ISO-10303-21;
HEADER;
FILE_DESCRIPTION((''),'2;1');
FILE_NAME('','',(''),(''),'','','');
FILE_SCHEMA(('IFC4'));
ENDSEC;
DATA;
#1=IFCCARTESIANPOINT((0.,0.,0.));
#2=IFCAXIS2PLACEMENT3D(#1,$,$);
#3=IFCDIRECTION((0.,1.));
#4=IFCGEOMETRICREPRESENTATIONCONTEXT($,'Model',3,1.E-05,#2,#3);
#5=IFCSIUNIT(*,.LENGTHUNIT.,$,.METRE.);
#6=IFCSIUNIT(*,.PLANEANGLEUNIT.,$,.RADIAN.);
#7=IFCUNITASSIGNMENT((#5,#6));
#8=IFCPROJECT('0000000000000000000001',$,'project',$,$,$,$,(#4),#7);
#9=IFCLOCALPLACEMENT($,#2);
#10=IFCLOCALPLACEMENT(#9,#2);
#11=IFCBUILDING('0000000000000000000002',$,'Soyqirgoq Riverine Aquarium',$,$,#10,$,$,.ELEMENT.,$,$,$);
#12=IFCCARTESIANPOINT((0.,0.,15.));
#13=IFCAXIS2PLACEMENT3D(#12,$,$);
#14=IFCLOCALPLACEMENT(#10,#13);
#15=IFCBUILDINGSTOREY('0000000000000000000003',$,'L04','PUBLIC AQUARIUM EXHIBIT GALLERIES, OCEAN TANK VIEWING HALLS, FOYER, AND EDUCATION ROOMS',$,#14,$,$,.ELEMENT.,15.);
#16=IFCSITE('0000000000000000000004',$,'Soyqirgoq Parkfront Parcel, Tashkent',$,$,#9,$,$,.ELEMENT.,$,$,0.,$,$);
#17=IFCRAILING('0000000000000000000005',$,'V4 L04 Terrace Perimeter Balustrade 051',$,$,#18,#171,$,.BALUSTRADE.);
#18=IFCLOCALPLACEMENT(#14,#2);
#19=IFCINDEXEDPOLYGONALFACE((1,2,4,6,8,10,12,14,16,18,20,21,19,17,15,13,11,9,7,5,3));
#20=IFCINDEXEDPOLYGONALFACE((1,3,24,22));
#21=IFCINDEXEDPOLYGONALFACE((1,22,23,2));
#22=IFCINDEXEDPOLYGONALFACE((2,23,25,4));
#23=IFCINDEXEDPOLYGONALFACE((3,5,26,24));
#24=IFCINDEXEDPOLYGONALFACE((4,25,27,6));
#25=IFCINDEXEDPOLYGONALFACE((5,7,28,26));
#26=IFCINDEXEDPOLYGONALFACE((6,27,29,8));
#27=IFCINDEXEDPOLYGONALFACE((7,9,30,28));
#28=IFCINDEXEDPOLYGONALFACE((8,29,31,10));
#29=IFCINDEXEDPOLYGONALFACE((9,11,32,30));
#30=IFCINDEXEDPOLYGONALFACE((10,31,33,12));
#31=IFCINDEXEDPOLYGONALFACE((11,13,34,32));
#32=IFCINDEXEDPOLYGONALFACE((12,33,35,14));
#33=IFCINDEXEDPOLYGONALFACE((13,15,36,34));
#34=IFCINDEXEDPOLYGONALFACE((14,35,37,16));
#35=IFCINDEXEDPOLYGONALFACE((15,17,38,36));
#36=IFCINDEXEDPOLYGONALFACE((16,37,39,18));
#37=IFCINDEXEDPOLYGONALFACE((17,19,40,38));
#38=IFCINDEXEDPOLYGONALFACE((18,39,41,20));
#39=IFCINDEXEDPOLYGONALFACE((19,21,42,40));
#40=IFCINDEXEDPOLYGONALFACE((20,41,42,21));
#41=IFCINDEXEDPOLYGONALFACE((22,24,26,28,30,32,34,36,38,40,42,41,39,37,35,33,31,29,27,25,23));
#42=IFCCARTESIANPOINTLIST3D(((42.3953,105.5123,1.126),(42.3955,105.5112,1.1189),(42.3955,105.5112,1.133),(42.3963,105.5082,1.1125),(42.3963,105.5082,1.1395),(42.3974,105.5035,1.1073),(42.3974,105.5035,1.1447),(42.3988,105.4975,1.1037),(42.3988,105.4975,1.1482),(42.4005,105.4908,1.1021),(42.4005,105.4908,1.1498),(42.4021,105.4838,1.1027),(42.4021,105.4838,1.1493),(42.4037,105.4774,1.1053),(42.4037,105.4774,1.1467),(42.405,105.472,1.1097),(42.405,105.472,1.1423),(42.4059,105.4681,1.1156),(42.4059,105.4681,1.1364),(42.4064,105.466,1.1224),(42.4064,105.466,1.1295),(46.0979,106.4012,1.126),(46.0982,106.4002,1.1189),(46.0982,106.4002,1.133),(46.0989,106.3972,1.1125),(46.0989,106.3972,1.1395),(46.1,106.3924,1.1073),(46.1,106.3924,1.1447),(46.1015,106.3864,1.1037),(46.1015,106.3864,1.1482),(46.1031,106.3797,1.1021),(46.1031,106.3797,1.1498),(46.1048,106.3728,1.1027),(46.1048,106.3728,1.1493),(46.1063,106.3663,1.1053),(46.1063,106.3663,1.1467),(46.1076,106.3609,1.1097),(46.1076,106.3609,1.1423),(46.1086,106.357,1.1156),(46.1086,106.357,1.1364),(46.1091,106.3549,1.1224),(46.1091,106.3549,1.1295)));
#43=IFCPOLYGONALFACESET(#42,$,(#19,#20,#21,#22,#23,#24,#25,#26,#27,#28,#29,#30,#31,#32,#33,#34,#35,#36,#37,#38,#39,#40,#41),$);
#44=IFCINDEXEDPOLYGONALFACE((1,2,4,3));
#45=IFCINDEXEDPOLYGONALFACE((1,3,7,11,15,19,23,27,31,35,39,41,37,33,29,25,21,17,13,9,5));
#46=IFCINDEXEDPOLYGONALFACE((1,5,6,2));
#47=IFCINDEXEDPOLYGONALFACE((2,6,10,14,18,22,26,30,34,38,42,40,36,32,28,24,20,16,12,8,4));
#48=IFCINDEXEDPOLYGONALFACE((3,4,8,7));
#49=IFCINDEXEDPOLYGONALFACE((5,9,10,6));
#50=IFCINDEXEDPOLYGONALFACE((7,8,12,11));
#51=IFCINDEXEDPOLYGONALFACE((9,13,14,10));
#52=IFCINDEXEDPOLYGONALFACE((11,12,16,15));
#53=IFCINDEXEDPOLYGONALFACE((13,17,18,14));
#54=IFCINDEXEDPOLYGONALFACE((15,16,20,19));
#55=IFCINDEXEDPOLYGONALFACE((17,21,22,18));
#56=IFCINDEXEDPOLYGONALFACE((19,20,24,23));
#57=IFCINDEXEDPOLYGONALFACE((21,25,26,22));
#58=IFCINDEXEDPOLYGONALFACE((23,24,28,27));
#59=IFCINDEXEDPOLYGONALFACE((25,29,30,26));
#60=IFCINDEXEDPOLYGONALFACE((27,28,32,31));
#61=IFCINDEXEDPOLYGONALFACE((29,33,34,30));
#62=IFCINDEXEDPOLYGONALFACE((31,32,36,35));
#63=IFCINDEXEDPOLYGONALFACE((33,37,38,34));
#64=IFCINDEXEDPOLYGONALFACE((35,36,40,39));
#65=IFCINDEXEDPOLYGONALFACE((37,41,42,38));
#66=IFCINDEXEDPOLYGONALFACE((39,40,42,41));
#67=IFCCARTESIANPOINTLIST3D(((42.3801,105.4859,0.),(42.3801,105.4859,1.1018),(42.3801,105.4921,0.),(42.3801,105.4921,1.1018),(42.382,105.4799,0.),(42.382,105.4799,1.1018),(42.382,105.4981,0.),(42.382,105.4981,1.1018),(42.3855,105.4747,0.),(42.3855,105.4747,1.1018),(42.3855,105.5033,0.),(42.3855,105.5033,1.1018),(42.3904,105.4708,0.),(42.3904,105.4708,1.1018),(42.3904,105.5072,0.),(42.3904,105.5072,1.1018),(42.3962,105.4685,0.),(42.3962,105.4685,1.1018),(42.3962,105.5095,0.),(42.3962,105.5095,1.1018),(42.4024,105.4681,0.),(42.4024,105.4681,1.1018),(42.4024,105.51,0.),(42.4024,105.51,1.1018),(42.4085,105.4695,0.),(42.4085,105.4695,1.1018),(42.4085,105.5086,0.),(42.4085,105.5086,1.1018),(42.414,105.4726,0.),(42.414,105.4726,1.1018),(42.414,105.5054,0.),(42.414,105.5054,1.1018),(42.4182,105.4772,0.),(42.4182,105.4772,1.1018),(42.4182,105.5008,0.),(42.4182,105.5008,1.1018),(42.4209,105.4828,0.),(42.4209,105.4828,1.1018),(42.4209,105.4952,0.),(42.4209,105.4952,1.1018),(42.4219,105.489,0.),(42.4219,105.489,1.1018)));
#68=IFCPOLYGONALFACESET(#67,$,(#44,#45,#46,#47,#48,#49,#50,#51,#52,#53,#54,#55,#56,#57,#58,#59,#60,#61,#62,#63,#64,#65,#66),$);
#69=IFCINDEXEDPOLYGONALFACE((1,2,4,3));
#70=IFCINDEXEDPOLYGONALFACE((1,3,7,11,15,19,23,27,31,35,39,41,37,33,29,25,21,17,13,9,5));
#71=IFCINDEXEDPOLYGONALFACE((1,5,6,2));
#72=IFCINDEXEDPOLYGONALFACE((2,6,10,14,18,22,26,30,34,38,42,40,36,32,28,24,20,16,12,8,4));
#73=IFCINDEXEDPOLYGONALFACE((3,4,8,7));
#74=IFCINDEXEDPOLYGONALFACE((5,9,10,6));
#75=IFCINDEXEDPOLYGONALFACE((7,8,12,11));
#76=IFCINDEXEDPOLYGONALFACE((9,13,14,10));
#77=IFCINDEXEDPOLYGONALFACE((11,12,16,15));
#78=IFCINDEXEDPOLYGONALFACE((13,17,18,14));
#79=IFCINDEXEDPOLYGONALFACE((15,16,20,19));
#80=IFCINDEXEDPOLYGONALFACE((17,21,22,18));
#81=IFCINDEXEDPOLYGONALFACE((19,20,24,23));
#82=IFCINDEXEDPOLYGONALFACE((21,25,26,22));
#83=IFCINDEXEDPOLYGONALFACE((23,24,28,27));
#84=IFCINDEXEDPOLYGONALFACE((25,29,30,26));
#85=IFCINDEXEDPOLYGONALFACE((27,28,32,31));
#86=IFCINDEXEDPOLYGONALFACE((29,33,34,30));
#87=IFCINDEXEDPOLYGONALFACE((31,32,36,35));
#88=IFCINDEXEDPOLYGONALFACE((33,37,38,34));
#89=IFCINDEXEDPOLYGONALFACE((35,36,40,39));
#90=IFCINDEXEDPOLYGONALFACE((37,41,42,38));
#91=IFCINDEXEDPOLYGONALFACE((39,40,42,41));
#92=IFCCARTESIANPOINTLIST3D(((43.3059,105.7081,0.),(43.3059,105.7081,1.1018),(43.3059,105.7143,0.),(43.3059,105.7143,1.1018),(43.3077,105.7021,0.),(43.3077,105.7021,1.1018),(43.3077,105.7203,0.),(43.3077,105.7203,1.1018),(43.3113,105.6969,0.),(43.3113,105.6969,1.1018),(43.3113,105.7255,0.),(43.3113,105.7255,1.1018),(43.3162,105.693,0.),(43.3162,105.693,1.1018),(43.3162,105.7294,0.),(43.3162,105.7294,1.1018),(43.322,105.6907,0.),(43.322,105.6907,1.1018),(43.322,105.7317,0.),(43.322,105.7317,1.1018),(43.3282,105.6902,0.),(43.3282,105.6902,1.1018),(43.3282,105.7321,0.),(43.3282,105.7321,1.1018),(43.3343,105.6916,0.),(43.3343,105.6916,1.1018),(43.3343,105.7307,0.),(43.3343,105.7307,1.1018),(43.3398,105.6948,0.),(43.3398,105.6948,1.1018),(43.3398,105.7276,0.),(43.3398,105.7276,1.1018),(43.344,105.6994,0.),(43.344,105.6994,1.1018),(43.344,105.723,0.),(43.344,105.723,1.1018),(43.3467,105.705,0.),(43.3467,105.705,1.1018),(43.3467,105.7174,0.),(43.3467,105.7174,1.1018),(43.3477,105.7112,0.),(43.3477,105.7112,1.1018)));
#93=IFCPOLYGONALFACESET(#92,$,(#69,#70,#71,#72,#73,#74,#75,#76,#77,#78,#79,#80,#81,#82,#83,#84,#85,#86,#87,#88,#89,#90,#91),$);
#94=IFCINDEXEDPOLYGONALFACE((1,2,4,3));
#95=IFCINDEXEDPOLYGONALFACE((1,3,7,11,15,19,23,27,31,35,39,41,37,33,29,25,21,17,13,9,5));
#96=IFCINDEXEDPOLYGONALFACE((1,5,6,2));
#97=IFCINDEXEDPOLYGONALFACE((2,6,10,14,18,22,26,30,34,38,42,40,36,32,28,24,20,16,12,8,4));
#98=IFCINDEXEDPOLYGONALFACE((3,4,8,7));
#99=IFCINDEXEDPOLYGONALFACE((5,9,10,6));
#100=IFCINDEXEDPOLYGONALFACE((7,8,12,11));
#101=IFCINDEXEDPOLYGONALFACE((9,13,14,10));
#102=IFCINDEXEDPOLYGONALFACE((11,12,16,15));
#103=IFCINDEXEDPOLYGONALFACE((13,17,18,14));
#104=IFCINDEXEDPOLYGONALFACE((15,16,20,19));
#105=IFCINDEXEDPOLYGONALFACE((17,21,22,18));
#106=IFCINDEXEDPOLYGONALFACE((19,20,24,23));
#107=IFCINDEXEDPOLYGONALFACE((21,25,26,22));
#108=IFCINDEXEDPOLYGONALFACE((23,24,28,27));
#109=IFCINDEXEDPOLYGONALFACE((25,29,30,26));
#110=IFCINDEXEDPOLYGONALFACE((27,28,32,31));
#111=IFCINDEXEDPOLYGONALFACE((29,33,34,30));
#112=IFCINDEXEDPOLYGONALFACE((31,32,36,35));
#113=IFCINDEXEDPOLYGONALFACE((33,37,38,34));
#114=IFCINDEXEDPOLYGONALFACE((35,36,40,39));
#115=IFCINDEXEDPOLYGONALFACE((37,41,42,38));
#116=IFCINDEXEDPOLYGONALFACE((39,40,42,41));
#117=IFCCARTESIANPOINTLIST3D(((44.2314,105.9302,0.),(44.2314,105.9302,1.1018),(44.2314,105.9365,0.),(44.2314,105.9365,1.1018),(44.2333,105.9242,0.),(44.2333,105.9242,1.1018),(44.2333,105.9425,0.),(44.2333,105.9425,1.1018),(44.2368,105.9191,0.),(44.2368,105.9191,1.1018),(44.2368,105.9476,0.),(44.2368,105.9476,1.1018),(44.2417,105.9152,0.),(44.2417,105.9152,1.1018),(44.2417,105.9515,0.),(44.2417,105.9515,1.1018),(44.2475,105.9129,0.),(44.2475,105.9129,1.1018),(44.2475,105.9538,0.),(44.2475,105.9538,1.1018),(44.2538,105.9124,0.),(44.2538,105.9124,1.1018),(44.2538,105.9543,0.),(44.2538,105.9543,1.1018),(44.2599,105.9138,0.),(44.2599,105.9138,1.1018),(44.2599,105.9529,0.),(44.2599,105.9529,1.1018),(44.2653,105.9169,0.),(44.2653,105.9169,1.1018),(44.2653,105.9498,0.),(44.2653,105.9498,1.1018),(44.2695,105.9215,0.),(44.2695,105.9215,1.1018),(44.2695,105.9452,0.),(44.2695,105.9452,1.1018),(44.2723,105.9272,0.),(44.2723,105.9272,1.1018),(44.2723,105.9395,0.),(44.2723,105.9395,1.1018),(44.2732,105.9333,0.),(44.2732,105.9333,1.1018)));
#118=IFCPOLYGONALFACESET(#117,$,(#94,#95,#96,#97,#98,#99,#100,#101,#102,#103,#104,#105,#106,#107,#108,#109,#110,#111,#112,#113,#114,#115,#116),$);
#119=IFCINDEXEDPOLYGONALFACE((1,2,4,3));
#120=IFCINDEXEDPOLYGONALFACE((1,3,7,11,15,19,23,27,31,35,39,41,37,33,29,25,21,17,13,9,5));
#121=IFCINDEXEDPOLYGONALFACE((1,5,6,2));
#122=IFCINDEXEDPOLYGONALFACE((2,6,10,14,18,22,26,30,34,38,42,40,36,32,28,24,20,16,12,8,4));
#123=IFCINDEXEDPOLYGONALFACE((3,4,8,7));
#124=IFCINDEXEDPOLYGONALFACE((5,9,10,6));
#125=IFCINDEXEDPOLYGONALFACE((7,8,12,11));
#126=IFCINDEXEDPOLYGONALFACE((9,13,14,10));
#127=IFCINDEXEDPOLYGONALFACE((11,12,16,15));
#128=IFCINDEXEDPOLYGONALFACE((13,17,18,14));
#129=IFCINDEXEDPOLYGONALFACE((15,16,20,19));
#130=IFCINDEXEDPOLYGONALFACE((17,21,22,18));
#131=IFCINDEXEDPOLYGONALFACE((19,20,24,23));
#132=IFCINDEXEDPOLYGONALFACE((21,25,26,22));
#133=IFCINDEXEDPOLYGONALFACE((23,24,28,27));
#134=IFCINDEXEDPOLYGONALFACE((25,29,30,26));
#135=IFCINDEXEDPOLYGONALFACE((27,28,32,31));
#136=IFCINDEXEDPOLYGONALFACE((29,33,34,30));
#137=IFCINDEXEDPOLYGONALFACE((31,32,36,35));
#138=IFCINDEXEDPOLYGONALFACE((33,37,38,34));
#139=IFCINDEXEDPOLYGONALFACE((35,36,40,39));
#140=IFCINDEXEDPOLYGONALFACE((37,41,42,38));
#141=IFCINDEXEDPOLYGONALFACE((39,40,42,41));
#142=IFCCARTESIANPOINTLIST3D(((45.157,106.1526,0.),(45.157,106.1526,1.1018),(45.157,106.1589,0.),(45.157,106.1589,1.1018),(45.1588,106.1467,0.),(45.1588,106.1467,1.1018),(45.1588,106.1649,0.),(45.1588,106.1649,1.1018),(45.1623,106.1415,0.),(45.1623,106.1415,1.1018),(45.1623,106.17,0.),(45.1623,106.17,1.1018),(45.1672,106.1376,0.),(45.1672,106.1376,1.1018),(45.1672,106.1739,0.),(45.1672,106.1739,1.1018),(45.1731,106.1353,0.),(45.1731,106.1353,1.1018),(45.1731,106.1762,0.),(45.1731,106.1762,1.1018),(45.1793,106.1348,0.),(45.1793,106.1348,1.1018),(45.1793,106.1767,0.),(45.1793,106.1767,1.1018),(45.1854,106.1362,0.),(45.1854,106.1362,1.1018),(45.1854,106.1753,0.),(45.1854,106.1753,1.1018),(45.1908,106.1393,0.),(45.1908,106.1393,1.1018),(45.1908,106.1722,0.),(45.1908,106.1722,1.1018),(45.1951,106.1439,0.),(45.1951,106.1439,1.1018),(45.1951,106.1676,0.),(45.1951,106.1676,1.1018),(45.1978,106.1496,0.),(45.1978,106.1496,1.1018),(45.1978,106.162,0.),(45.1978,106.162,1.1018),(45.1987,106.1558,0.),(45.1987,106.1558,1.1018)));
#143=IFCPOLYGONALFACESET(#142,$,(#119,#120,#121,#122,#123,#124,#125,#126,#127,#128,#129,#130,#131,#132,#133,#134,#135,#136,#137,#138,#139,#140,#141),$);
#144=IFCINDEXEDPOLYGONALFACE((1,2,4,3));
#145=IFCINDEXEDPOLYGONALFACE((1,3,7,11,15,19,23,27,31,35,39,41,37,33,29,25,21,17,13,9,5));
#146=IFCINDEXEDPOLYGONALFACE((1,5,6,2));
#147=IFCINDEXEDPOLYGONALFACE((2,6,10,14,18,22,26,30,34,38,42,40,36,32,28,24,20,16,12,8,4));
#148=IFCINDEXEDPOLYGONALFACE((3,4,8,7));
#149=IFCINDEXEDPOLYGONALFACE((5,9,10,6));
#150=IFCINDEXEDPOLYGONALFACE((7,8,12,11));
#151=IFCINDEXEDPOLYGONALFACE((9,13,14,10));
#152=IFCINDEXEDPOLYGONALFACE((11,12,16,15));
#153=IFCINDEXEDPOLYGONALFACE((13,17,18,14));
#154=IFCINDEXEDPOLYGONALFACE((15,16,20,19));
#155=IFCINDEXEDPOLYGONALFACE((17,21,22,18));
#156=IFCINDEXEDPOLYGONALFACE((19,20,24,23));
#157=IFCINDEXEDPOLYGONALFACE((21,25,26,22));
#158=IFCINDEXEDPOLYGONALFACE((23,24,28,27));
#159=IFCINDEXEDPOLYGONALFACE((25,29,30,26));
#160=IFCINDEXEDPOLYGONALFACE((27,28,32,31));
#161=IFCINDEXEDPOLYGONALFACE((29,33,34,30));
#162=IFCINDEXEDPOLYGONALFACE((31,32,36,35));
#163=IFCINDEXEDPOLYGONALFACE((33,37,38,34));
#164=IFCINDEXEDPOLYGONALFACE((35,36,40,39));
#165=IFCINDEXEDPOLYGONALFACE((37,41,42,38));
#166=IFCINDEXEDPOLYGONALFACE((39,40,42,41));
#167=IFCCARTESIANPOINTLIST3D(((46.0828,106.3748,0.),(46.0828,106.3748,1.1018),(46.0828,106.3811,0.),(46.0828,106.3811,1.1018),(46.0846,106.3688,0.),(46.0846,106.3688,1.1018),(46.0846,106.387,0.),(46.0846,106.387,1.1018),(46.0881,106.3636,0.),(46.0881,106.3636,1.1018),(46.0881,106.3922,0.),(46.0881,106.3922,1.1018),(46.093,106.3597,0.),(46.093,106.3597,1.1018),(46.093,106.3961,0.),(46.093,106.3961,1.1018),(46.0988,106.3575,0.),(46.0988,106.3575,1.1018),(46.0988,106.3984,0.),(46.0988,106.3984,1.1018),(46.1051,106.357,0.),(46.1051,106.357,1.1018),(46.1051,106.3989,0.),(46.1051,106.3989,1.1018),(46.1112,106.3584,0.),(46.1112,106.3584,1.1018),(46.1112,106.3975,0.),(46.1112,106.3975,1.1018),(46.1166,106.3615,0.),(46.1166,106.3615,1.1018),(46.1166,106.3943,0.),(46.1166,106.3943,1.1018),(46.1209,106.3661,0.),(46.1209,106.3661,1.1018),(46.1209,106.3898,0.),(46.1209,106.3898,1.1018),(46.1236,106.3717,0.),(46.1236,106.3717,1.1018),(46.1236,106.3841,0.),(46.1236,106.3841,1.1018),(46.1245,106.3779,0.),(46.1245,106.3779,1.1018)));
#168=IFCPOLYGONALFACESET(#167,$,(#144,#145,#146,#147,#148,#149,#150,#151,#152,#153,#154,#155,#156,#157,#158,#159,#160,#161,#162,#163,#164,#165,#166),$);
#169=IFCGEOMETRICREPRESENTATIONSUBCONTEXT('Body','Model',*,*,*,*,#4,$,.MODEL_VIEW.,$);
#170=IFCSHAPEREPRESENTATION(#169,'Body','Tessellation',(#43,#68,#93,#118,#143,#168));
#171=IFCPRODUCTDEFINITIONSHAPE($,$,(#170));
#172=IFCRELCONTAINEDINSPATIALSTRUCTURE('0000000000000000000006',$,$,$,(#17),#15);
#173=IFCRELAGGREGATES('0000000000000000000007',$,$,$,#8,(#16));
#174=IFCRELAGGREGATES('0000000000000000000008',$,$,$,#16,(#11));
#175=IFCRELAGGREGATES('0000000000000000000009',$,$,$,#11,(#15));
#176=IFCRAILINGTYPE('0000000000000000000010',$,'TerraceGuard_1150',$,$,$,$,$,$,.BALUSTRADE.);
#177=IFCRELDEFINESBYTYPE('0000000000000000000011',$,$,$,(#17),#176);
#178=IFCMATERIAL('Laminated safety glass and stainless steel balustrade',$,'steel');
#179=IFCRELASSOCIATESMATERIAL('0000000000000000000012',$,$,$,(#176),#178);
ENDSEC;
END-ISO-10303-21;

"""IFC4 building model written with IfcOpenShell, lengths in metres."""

from ifc_helpers import new_model, si_unit, direction, frame, origin, origin_2d, place, context, subcontext, project, spatial, circle, extrude, material, type_object, element, save


model = new_model("IFC4")

# Units and contexts
model_context = context("Model", 3, precision=1e-05, world=origin(), true_north=direction((0.0, 1.0)))
body_context = subcontext(model_context, "Body", "Model", "MODEL_VIEW")
ifc_project = project(units=[si_unit("LENGTHUNIT", "METRE"), si_unit("PLANEANGLEUNIT", "RADIAN")], contexts=[model_context])

# Site, building, storey
site_placement = place(None, origin())
site = spatial("IfcSite", under=ifc_project, at=site_placement, Name="Soyqirgoq Parkfront Parcel, Tashkent", CompositionType="ELEMENT", RefElevation=0.0)
building_placement = place(site_placement, origin())
building = spatial("IfcBuilding", under=site, at=building_placement, Name="Soyqirgoq Riverine Aquarium", CompositionType="ELEMENT")
storey_placement = place(building_placement, frame((0.0, 0.0, 15.0)))
storey = spatial("IfcBuildingStorey", under=building, at=storey_placement, Name="L04", Description="PUBLIC AQUARIUM EXHIBIT GALLERIES, OCEAN TANK VIEWING HALLS, FOYER, AND EDUCATION ROOMS", CompositionType="ELEMENT", Elevation=15.0)

# Railing
ifc_material_1 = material(Name="Laminated safety glass and stainless steel balustrade", Category="steel")
railing_type = type_object("IfcRailingType", Name="TerraceGuard_1150", PredefinedType="BALUSTRADE", material=ifc_material_1)
railing_1_placement = place(storey_placement, frame((42.4009, 105.489, 0.0)))
element("IfcRailing", 1, at=railing_1_placement, inside=storey, type_object=railing_type, Name="V4 L04 Terrace Perimeter Balustrade 051", PredefinedType="BALUSTRADE", context=body_context, shape_type="SweptSolid", body=[
    extrude(circle(Radius=0.0239, at=origin_2d()), frame((0.0, 0.0, 1.126), z_axis=(0.97237, 0.233443, 0.0), x_axis=(-0.233443, 0.97237, 0.0)), (0.0, 0.0, 1.0), 3.8079),
    extrude(circle(Radius=0.021, at=origin_2d()), origin(), (0.0, 0.0, 1.0), 1.1018),
    extrude(circle(Radius=0.021, at=origin_2d()), frame((0.9258, 0.2222, 0.0)), (0.0, 0.0, 1.0), 1.1018),
    extrude(circle(Radius=0.021, at=origin_2d()), frame((1.8513, 0.4443, 0.0)), (0.0, 0.0, 1.0), 1.1018),
    extrude(circle(Radius=0.021, at=origin_2d()), frame((2.7769, 0.6667, 0.0)), (0.0, 0.0, 1.0), 1.1018),
    extrude(circle(Radius=0.021, at=origin_2d()), frame((3.7026, 0.8889, 0.0)), (0.0, 0.0, 1.0), 1.1018),
])

save(model, "model.ifc")
